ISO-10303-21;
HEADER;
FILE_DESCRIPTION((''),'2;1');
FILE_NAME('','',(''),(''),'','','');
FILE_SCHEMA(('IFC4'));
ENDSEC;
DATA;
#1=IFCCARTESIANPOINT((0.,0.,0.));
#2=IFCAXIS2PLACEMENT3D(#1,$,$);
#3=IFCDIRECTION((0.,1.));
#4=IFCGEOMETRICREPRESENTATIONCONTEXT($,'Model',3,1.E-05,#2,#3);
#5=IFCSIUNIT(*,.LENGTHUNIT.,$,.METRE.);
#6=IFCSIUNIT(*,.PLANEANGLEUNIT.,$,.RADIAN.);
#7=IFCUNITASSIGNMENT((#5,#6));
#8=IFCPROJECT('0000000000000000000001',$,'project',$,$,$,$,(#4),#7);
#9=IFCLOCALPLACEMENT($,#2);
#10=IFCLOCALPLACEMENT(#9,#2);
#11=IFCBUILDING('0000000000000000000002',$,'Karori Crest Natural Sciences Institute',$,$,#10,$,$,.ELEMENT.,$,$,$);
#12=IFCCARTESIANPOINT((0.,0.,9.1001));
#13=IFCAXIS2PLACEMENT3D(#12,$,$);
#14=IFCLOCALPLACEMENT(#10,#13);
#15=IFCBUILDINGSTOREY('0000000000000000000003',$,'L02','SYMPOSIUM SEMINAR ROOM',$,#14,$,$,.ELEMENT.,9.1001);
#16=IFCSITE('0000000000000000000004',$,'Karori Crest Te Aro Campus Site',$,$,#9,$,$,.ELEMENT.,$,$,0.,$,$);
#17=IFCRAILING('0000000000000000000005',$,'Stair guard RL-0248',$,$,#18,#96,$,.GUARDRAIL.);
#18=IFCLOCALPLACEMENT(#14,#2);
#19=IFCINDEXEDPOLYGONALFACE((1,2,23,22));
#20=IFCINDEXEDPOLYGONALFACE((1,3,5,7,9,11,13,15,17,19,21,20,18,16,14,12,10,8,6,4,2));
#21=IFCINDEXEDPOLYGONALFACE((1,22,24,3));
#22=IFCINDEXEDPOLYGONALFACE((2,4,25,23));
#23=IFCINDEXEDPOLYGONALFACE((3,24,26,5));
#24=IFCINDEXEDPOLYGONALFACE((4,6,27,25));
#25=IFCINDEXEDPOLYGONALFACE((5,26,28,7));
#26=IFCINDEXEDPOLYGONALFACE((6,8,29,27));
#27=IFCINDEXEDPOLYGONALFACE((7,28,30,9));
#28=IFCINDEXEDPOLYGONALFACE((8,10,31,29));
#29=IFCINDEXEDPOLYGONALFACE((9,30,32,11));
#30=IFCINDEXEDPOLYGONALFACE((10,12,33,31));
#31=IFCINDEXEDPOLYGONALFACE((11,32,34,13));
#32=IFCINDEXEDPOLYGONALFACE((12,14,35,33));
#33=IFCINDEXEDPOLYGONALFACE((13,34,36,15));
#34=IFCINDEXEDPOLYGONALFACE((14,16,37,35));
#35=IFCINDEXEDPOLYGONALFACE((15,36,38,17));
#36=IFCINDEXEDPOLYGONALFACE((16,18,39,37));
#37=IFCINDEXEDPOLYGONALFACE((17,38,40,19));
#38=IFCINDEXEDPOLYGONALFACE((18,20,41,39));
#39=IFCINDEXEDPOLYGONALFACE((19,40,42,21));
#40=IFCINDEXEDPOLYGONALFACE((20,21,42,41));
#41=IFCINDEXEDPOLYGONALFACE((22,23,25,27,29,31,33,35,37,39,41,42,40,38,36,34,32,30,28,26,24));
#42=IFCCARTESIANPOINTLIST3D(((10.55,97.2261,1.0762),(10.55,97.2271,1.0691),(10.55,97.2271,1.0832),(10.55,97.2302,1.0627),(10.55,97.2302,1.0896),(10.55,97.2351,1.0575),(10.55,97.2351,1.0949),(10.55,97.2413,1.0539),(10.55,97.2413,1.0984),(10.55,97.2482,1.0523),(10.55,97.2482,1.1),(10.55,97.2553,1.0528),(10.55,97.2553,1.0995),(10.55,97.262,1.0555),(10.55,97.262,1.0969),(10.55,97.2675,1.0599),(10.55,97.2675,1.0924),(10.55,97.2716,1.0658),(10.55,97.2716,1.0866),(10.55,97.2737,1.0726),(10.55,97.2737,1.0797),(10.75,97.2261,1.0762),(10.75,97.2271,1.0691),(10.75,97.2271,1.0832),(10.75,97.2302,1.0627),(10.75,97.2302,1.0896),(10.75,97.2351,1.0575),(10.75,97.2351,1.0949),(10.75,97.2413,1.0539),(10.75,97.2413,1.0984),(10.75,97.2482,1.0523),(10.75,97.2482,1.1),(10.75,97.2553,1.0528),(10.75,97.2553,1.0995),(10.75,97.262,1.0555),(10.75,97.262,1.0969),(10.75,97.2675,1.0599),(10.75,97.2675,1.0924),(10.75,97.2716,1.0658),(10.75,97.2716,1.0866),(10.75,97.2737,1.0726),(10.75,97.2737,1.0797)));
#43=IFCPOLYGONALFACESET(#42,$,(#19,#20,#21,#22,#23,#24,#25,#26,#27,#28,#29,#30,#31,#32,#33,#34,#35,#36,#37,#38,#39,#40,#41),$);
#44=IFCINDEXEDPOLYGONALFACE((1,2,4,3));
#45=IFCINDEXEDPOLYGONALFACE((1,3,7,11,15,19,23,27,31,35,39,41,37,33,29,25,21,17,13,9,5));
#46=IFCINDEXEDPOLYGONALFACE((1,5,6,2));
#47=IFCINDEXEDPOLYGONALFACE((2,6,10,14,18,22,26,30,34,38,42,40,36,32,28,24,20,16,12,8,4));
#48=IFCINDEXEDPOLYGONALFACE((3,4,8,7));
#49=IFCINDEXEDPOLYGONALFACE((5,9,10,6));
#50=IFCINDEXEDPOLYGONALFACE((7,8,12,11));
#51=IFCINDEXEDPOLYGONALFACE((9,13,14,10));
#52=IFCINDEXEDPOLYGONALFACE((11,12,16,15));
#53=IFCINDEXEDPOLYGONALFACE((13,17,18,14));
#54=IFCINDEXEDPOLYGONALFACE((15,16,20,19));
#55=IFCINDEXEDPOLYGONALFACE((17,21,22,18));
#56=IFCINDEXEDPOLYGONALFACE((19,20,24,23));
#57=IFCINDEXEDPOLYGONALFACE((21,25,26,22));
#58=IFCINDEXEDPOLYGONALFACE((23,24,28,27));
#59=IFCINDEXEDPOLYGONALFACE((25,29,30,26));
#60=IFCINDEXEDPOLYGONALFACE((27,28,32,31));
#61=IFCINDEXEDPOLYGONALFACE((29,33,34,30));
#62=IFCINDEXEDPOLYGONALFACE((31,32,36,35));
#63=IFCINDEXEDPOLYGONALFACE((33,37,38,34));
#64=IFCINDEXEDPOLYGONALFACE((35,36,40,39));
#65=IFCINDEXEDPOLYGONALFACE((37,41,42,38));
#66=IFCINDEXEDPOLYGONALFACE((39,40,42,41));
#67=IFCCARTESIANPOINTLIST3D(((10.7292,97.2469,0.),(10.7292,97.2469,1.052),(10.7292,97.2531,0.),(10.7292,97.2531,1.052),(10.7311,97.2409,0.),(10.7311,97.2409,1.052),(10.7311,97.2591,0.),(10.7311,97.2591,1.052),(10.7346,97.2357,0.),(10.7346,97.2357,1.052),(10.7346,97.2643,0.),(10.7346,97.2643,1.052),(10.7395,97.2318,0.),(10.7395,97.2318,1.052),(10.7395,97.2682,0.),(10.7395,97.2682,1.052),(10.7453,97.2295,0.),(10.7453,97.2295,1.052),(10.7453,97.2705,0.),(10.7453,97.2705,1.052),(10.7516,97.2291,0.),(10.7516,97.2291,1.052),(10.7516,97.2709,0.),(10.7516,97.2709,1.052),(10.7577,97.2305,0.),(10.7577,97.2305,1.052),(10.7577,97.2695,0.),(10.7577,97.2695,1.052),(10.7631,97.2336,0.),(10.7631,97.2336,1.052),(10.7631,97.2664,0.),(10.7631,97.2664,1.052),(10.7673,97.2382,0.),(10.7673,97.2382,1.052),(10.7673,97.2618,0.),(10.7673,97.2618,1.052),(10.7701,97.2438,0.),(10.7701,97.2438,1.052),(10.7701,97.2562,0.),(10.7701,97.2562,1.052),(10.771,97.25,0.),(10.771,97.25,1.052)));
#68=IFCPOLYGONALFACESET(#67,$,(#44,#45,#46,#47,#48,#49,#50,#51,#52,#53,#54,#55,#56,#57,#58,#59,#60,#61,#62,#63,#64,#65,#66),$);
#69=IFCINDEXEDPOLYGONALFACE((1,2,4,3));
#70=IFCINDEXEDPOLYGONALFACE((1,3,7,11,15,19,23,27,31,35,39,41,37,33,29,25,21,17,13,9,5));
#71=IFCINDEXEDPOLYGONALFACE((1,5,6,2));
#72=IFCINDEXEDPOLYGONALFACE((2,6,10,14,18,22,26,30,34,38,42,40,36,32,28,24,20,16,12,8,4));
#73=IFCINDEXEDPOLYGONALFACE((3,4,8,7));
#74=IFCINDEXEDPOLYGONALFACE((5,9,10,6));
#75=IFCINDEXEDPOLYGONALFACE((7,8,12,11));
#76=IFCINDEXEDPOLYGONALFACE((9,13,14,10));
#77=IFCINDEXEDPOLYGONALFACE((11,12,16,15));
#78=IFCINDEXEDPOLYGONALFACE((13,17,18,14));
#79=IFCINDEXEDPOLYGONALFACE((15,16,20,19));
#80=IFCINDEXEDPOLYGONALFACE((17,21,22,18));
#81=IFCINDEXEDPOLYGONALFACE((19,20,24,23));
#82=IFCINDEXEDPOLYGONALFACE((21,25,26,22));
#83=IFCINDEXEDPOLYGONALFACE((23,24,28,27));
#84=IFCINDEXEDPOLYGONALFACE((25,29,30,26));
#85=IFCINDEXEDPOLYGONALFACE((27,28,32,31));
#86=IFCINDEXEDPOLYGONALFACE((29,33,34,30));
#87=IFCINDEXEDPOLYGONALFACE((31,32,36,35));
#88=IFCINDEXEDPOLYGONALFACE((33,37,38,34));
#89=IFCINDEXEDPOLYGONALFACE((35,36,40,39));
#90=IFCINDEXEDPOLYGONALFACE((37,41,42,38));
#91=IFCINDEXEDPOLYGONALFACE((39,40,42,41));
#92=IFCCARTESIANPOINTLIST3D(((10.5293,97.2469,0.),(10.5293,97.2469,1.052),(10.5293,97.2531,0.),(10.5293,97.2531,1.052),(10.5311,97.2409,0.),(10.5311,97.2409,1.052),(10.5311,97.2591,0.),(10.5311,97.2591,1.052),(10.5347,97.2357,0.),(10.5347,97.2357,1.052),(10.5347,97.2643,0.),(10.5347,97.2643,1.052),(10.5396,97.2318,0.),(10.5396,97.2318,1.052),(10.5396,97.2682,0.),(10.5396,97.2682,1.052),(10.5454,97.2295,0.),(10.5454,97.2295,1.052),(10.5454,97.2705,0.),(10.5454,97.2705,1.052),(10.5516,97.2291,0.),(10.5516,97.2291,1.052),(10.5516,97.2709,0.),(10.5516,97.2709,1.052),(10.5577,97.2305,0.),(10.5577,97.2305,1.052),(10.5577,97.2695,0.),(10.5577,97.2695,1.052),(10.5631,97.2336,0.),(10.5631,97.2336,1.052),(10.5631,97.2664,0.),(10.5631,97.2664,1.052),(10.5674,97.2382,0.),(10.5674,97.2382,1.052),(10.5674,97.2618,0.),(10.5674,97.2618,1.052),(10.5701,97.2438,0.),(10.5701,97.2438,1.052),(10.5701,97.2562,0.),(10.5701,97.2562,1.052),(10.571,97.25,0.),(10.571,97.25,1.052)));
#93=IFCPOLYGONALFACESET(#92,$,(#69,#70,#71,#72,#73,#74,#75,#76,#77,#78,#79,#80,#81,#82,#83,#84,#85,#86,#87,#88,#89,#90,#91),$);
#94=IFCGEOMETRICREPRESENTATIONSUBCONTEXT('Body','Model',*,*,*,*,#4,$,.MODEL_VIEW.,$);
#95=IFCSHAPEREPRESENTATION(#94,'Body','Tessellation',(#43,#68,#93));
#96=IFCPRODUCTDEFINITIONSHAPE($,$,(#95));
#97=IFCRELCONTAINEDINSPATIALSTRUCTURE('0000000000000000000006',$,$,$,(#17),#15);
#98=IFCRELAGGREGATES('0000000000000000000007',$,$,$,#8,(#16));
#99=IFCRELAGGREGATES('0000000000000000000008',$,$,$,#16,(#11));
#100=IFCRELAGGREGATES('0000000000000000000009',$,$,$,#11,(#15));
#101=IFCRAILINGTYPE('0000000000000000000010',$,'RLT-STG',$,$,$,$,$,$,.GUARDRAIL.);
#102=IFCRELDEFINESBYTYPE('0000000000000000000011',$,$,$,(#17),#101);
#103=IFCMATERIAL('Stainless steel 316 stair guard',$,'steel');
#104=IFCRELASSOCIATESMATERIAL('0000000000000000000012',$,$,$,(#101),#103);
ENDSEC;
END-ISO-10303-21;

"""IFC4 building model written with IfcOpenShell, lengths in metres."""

from ifc_helpers import new_model, si_unit, direction, frame, origin, origin_2d, place, context, subcontext, project, spatial, circle, extrude, material, type_object, element, save


model = new_model("IFC4")

# Units and contexts
model_context = context("Model", 3, precision=1e-05, world=origin(), true_north=direction((0.0, 1.0)))
body_context = subcontext(model_context, "Body", "Model", "MODEL_VIEW")
ifc_project = project(units=[si_unit("LENGTHUNIT", "METRE"), si_unit("PLANEANGLEUNIT", "RADIAN")], contexts=[model_context])

# Site, building, storey
site_placement = place(None, origin())
site = spatial("IfcSite", under=ifc_project, at=site_placement, Name="Karori Crest Te Aro Campus Site", CompositionType="ELEMENT", RefElevation=0.0)
building_placement = place(site_placement, origin())
building = spatial("IfcBuilding", under=site, at=building_placement, Name="Karori Crest Natural Sciences Institute", CompositionType="ELEMENT")
storey_placement = place(building_placement, frame((0.0, 0.0, 9.1001)))
storey = spatial("IfcBuildingStorey", under=building, at=storey_placement, Name="L02", Description="SYMPOSIUM SEMINAR ROOM", CompositionType="ELEMENT", Elevation=9.1001)

# Railing
ifc_material_1 = material(Name="Stainless steel 316 stair guard", Category="steel")
railing_type_1 = type_object("IfcRailingType", Name="RLT-STG", PredefinedType="GUARDRAIL", material=ifc_material_1)
railing_1_placement = place(storey_placement, frame((10.75, 97.25, 0.0)))
element("IfcRailing", 1, at=railing_1_placement, inside=storey, type_object=railing_type_1, Name="Stair guard RL-0248", PredefinedType="GUARDRAIL", context=body_context, shape_type="SweptSolid", body=[
    extrude(circle(Radius=0.0239, at=origin_2d()), frame((0.0, 0.0, 1.0762), z_axis=(-1.0, 0.0, 0.0), x_axis=(0.0, -1.0, 0.0)), (0.0, 0.0, 1.0), 0.2),
    extrude(circle(Radius=0.021, at=origin_2d()), origin(), (0.0, 0.0, 1.0), 1.052),
    extrude(circle(Radius=0.021, at=origin_2d()), frame((-0.2, 0.0, 0.0)), (0.0, 0.0, 1.0), 1.052),
])

save(model, "model.ifc")
